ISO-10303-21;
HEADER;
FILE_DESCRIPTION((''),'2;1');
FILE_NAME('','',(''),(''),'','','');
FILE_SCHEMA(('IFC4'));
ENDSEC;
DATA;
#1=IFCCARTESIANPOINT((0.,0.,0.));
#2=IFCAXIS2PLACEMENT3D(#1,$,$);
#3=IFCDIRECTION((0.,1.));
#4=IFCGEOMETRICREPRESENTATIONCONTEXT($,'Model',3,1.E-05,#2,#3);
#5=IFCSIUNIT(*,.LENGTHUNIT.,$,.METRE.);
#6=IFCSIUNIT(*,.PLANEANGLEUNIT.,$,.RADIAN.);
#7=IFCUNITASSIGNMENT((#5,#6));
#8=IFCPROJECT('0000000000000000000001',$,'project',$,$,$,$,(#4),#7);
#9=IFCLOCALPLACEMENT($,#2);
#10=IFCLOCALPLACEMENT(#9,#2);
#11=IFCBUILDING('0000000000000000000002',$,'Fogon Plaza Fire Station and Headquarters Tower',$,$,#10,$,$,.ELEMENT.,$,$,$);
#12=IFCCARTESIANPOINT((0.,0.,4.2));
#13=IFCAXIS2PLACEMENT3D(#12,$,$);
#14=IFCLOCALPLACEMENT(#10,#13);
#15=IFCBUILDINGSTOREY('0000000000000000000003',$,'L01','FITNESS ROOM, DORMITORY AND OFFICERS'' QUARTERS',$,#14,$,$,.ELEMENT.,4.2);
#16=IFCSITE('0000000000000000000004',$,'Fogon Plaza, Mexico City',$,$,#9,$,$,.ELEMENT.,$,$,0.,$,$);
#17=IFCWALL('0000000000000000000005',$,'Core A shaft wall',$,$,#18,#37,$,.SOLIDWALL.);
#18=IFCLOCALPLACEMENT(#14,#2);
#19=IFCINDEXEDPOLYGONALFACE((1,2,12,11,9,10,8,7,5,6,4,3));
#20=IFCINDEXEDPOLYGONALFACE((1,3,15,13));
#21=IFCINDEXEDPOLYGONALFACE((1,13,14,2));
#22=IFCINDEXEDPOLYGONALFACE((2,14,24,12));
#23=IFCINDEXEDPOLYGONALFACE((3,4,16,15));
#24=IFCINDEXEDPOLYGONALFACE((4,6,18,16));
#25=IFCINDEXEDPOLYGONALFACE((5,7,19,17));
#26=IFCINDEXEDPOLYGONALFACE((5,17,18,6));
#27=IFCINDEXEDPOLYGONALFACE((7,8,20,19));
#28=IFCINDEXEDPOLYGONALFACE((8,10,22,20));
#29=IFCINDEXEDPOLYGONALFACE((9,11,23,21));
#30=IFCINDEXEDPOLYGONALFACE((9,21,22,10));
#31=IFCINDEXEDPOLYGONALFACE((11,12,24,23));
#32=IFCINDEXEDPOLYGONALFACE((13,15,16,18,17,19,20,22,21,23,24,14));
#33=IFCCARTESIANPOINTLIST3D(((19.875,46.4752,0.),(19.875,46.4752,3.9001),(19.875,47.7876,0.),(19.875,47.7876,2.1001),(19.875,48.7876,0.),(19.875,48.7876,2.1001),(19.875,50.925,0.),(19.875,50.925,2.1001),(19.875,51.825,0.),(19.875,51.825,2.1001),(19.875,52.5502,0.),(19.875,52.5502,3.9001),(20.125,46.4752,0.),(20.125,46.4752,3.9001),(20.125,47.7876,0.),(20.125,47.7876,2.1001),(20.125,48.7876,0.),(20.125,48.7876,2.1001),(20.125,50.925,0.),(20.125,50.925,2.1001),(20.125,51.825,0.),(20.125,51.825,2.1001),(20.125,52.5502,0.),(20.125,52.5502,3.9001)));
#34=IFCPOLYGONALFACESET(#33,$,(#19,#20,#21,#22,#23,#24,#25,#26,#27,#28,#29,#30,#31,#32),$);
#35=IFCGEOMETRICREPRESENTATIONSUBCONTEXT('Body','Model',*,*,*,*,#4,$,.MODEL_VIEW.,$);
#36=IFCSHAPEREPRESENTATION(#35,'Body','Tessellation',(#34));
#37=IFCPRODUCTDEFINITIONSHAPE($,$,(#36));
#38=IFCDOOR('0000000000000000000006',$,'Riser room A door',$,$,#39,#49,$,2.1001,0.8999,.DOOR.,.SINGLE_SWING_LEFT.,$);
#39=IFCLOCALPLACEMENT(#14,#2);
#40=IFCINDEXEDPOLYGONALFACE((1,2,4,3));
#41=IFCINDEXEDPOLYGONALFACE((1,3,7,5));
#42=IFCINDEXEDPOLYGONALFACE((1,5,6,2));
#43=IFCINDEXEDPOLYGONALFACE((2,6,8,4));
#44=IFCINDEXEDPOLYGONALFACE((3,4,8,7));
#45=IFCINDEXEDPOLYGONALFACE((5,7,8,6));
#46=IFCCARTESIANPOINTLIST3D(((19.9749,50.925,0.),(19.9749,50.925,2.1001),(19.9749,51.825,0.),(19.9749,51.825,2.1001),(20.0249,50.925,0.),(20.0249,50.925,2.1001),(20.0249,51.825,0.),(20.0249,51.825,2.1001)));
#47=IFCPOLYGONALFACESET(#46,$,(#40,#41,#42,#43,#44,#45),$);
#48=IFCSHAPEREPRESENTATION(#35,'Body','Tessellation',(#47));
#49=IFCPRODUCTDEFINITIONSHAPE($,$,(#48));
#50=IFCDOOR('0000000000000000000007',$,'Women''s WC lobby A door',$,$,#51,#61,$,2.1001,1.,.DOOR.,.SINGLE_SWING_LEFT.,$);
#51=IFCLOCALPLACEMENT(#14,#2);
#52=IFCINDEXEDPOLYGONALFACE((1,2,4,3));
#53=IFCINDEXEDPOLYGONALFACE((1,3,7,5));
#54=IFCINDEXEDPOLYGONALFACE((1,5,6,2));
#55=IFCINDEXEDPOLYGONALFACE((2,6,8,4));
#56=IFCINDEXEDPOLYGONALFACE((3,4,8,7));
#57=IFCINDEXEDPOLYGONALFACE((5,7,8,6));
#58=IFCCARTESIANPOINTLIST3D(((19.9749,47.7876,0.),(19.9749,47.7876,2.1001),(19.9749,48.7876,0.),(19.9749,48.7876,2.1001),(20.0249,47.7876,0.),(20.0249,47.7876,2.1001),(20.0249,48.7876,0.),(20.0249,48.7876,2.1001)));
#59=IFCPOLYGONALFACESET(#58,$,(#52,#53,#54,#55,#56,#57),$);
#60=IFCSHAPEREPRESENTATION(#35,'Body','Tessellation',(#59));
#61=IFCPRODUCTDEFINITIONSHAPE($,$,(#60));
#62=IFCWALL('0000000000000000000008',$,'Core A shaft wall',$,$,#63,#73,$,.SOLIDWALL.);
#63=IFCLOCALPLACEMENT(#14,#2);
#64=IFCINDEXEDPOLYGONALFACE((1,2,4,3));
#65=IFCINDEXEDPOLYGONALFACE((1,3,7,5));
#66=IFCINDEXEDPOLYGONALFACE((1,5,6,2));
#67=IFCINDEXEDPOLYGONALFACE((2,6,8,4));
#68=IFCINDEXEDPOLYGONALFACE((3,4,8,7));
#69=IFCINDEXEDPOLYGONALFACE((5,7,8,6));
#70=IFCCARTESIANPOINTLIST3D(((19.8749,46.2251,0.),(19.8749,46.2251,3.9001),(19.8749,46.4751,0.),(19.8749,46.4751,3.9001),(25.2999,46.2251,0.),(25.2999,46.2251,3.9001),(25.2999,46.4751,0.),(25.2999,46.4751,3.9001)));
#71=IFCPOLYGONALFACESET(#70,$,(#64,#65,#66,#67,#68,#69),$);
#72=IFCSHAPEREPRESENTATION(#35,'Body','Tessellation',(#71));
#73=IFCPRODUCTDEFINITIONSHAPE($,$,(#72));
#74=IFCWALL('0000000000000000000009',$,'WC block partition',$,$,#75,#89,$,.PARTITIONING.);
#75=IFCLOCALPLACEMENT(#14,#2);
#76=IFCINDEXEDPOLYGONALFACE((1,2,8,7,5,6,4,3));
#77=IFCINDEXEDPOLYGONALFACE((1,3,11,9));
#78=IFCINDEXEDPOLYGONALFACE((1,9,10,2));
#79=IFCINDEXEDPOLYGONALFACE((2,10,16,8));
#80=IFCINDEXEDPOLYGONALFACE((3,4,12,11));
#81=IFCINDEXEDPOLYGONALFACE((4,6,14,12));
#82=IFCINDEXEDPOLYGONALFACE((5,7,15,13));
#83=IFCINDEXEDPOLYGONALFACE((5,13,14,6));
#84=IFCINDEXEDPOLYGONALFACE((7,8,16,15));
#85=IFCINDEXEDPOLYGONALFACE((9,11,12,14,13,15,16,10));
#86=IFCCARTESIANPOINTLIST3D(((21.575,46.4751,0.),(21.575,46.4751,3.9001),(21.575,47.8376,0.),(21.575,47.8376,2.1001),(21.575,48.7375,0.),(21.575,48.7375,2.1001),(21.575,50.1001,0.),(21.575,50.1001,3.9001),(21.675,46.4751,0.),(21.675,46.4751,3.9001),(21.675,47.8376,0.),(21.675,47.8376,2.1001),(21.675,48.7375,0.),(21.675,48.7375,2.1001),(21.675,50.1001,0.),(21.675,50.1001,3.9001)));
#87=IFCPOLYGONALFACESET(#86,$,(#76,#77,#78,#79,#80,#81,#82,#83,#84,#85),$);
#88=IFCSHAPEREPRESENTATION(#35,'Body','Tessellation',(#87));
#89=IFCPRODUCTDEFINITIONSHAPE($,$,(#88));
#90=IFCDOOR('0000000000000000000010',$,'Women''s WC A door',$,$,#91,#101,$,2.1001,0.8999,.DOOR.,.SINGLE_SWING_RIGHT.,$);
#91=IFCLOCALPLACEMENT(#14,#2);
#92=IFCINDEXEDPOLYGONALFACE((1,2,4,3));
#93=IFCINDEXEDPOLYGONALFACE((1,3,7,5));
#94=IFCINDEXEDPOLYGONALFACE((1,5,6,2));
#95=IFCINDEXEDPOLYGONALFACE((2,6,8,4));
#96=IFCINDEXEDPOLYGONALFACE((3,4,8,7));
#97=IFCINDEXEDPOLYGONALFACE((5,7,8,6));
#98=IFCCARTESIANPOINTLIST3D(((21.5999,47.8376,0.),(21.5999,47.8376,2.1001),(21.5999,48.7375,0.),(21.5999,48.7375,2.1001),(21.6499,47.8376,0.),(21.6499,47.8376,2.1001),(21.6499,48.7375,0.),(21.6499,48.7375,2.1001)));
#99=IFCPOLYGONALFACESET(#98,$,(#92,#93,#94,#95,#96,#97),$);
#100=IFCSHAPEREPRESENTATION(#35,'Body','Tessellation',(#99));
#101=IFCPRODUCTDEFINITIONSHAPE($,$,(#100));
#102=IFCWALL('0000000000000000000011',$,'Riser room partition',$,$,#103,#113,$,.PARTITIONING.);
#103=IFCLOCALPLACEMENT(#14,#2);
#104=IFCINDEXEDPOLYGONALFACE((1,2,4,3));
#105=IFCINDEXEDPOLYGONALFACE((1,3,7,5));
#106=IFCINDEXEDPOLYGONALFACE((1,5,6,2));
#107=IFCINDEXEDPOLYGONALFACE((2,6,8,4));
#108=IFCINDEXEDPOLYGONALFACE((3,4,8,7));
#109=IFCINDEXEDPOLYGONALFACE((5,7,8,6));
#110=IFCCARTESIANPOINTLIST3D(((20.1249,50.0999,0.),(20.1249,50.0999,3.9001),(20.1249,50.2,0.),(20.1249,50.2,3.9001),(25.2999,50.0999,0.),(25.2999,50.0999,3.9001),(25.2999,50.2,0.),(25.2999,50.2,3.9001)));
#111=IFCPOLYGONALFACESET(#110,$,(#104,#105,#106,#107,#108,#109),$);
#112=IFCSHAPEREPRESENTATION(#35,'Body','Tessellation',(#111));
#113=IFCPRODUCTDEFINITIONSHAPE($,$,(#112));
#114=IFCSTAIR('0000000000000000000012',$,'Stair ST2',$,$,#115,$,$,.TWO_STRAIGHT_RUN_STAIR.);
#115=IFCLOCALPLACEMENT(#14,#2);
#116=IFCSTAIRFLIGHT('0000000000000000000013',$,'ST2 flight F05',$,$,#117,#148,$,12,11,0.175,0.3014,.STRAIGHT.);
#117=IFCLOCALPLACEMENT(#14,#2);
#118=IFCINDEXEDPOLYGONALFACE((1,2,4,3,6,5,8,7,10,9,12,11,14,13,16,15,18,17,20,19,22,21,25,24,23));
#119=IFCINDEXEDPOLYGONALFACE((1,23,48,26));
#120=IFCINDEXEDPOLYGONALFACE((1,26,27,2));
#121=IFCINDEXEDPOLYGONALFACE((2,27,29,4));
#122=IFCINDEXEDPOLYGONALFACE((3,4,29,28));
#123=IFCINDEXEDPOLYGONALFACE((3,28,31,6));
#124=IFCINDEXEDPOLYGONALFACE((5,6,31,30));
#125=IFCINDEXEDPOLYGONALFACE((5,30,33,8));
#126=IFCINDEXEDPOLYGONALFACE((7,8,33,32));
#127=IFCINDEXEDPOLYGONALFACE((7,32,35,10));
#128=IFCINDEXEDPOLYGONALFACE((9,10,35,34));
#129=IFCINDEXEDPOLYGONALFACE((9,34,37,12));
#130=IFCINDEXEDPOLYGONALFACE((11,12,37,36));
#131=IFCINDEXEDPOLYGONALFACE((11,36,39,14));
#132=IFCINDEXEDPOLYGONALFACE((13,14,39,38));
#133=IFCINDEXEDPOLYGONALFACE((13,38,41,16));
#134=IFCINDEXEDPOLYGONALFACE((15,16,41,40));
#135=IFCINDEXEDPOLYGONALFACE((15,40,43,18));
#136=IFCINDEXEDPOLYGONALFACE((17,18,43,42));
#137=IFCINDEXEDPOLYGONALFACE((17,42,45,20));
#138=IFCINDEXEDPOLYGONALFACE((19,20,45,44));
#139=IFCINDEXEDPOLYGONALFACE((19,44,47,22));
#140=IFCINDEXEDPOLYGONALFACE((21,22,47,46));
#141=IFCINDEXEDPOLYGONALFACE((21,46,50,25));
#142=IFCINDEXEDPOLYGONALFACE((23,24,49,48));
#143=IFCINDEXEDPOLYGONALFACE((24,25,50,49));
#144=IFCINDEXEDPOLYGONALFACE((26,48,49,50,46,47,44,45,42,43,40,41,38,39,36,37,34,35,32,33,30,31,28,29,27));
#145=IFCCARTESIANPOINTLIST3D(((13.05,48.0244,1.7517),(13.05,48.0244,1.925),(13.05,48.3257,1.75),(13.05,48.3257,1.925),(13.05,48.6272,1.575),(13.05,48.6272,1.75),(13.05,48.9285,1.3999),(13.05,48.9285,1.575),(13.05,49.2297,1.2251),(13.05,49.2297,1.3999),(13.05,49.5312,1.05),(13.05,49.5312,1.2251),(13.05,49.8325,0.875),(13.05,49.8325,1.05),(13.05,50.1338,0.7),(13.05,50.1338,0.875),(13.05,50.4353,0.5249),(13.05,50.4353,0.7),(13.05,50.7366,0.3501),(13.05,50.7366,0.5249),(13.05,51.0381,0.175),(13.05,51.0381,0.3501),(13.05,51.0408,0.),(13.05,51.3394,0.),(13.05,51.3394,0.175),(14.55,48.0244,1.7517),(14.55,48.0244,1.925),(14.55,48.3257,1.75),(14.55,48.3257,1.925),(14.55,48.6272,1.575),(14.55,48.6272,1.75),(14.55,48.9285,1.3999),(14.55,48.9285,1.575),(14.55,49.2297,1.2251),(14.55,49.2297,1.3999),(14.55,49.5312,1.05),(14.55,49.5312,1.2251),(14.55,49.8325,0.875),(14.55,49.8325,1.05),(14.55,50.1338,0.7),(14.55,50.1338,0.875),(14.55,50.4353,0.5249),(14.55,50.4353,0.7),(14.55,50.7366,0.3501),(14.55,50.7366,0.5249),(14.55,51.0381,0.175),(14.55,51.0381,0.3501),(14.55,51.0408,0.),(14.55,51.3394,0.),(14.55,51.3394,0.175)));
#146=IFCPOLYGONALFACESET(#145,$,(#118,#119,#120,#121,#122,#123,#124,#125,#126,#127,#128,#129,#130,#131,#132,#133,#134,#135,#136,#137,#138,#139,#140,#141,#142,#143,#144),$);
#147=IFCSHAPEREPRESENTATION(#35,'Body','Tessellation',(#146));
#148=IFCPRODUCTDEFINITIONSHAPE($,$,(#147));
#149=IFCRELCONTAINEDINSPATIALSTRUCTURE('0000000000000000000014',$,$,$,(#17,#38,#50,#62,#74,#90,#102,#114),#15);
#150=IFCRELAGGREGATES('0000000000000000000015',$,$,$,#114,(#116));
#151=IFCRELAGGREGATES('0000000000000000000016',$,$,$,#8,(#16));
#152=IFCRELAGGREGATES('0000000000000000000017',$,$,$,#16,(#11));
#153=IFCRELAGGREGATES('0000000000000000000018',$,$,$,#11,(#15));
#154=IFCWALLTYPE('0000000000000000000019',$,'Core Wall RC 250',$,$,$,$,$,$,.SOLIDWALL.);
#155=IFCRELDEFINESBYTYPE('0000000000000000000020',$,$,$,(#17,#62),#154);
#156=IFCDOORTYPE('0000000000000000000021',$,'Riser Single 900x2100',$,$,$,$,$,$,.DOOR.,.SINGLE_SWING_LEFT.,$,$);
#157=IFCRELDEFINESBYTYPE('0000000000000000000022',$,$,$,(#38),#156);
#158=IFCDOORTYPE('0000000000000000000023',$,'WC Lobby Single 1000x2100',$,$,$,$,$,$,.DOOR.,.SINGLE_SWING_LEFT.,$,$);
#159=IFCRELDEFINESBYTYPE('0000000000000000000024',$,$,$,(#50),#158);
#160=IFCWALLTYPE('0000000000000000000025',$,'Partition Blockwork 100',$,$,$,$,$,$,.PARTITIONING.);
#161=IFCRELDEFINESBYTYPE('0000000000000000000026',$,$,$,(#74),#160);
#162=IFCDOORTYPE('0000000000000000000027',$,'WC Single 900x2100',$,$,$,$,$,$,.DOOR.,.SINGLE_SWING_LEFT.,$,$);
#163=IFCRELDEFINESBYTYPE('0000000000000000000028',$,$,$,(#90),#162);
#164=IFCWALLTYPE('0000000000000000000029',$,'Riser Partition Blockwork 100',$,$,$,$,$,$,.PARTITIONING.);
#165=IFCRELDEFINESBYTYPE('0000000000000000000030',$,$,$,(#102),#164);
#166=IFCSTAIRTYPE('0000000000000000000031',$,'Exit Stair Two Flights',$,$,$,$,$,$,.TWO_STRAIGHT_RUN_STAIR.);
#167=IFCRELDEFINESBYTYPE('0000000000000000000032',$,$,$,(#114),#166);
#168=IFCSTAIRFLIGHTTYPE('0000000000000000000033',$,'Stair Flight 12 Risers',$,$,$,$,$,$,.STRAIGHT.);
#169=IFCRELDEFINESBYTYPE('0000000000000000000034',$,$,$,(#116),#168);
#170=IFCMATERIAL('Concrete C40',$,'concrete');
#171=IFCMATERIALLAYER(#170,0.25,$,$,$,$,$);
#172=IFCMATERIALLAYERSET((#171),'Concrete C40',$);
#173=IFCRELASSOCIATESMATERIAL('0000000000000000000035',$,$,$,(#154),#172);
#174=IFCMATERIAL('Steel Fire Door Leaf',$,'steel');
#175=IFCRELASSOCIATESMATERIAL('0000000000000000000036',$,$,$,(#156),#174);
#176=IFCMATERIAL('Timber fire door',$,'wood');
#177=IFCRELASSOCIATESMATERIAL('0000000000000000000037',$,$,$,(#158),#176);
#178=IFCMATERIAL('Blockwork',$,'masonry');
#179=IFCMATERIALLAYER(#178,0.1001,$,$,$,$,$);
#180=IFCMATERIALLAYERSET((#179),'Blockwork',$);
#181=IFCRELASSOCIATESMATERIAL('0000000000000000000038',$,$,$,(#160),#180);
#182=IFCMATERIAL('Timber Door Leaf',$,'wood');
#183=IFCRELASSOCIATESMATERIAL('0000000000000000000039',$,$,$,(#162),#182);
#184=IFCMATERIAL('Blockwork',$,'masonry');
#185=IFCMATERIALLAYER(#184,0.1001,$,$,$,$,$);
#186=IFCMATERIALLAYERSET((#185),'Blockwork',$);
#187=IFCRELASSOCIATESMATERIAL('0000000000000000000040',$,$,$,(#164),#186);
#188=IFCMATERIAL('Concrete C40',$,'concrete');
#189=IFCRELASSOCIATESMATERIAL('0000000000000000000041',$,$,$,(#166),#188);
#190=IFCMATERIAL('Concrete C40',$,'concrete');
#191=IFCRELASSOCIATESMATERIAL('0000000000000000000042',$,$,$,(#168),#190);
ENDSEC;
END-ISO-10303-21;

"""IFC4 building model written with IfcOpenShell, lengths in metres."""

from ifc_helpers import new_model, si_unit, direction, frame, frame_2d, origin, place, context, subcontext, project, spatial, polyline, rectangle, outline, extrude, material, layer, layer_set, type_object, element, fill, aggregate, save


model = new_model("IFC4")

# Units and contexts
model_context = context("Model", 3, precision=1e-05, world=origin(), true_north=direction((0.0, 1.0)))
body_context = subcontext(model_context, "Body", "Model", "MODEL_VIEW")
ifc_project = project(units=[si_unit("LENGTHUNIT", "METRE"), si_unit("PLANEANGLEUNIT", "RADIAN")], contexts=[model_context])

# Site, building, storey
site_placement = place(None, origin())
site = spatial("IfcSite", under=ifc_project, at=site_placement, Name="Fogon Plaza, Mexico City", CompositionType="ELEMENT", RefElevation=0.0)
building_placement = place(site_placement, origin())
building = spatial("IfcBuilding", under=site, at=building_placement, Name="Fogon Plaza Fire Station and Headquarters Tower", CompositionType="ELEMENT")
storey_placement = place(building_placement, frame((0.0, 0.0, 4.2)))
storey = spatial("IfcBuildingStorey", under=building, at=storey_placement, Name="L01", Description="FITNESS ROOM, DORMITORY AND OFFICERS' QUARTERS", CompositionType="ELEMENT", Elevation=4.2)

# Shared definitions
ifc_material_1 = material(Name="Concrete C40", Category="concrete")
ifc_layer_1 = layer(ifc_material_1, 0.25)
ifc_layer_set_1 = layer_set([ifc_layer_1], Name="Concrete C40")
wall_type_1 = type_object("IfcWallType", Name="Core Wall RC 250", PredefinedType="SOLIDWALL", material=ifc_layer_set_1)

# Wall, openings, doors
wall_1_placement = place(storey_placement, frame((20.0, 46.4751, 0.0), z_axis=(0.0, 0.0, 1.0), x_axis=(0.0, 1.0, 0.0)))
wall_1 = element("IfcWall", 1, at=wall_1_placement, inside=storey, type_object=wall_type_1, Name="Core A shaft wall", PredefinedType="SOLIDWALL", context=body_context, shape_type="SweptSolid", body=[
    extrude(rectangle(XDim=6.075, YDim=0.25, at=frame_2d((3.0376, 0.0))), origin(), (0.0, 0.0, 1.0), 3.9001),
])
opening_1_placement = place(wall_1_placement, frame((1.3125, 0.0, 0.0)))
opening_1 = element("IfcOpeningElement", 2, at=opening_1_placement, cuts=wall_1, PredefinedType="OPENING", context=body_context, shape_type="SweptSolid", body=[
    extrude(rectangle(XDim=1.0, YDim=2.1001, at=frame_2d((0.5, 1.05))), frame((0.0, 0.135, 0.0), z_axis=(0.0, -1.0, 0.0), x_axis=(1.0, 0.0, 0.0)), (0.0, 0.0, 1.0), 0.27),
])
opening_2_placement = place(wall_1_placement, frame((4.45, 0.0, 0.0)))
opening_2 = element("IfcOpeningElement", 3, at=opening_2_placement, cuts=wall_1, PredefinedType="OPENING", context=body_context, shape_type="SweptSolid", body=[
    extrude(rectangle(XDim=0.8999, YDim=2.1001, at=frame_2d((0.45, 1.05))), frame((0.0, 0.135, 0.0), z_axis=(0.0, -1.0, 0.0), x_axis=(1.0, 0.0, 0.0)), (0.0, 0.0, 1.0), 0.27),
])
ifc_material_2 = material(Name="Steel Fire Door Leaf", Category="steel")
door_type_1 = type_object("IfcDoorType", Name="Riser Single 900x2100", OperationType="SINGLE_SWING_LEFT", PredefinedType="DOOR", material=ifc_material_2)
door_1_placement = place(opening_2_placement, frame((0.8999, 0.0, 0.0), z_axis=(0.0, 0.0, 1.0), x_axis=(-1.0, 0.0, 0.0)))
door_1 = element("IfcDoor", 4, at=door_1_placement, inside=storey, type_object=door_type_1, Name="Riser room A door", OperationType="SINGLE_SWING_LEFT", OverallHeight=2.1001, OverallWidth=0.8999, PredefinedType="DOOR", context=body_context, shape_type="SweptSolid", body=[
    extrude(rectangle(XDim=0.8999, YDim=2.1001, at=frame_2d((0.45, 1.05))), frame((0.0, 0.0249, 0.0), z_axis=(0.0, -1.0, 0.0), x_axis=(1.0, 0.0, 0.0)), (0.0, 0.0, 1.0), 0.05),
])
fill(opening_2, door_1)
ifc_material_3 = material(Name="Timber fire door", Category="wood")
door_type_2 = type_object("IfcDoorType", Name="WC Lobby Single 1000x2100", OperationType="SINGLE_SWING_LEFT", PredefinedType="DOOR", material=ifc_material_3)
door_2_placement = place(opening_1_placement, frame((1.0, 0.0, 0.0), z_axis=(0.0, 0.0, 1.0), x_axis=(-1.0, 0.0, 0.0)))
door_2 = element("IfcDoor", 5, at=door_2_placement, inside=storey, type_object=door_type_2, Name="Women's WC lobby A door", OperationType="SINGLE_SWING_LEFT", OverallHeight=2.1001, OverallWidth=1.0, PredefinedType="DOOR", context=body_context, shape_type="SweptSolid", body=[
    extrude(rectangle(XDim=1.0, YDim=2.1001, at=frame_2d((0.5, 1.05))), frame((0.0, 0.0249, 0.0), z_axis=(0.0, -1.0, 0.0), x_axis=(1.0, 0.0, 0.0)), (0.0, 0.0, 1.0), 0.05),
])
fill(opening_1, door_2)

# Wall
wall_2_placement = place(storey_placement, frame((19.875, 46.3501, 0.0), z_axis=(0.0, 0.0, 1.0), x_axis=(1.0, 0.0, 0.0)))
element("IfcWall", 6, at=wall_2_placement, inside=storey, type_object=wall_type_1, Name="Core A shaft wall", PredefinedType="SOLIDWALL", context=body_context, shape_type="SweptSolid", body=[
    extrude(rectangle(XDim=5.425, YDim=0.25, at=frame_2d((2.7124, 0.0))), origin(), (0.0, 0.0, 1.0), 3.9001),
])

# Wall, opening, door
ifc_material_4 = material(Name="Blockwork", Category="masonry")
ifc_layer_2 = layer(ifc_material_4, 0.1001)
ifc_layer_set_2 = layer_set([ifc_layer_2], Name="Blockwork")
wall_type_2 = type_object("IfcWallType", Name="Partition Blockwork 100", PredefinedType="PARTITIONING", material=ifc_layer_set_2)
wall_3_placement = place(storey_placement, frame((21.625, 46.4751, 0.0), z_axis=(0.0, 0.0, 1.0), x_axis=(0.0, 1.0, 0.0)))
wall_3 = element("IfcWall", 7, at=wall_3_placement, inside=storey, type_object=wall_type_2, Name="WC block partition", PredefinedType="PARTITIONING", context=body_context, shape_type="SweptSolid", body=[
    extrude(rectangle(XDim=3.625, YDim=0.1001, at=frame_2d((1.8125, 0.0))), origin(), (0.0, 0.0, 1.0), 3.9001),
])
opening_3_placement = place(wall_3_placement, frame((1.3625, 0.0, 0.0)))
opening_3 = element("IfcOpeningElement", 8, at=opening_3_placement, cuts=wall_3, PredefinedType="OPENING", context=body_context, shape_type="SweptSolid", body=[
    extrude(rectangle(XDim=0.8999, YDim=2.1001, at=frame_2d((0.45, 1.05))), frame((0.0, 0.0601, 0.0), z_axis=(0.0, -1.0, 0.0), x_axis=(1.0, 0.0, 0.0)), (0.0, 0.0, 1.0), 0.1201),
])
ifc_material_5 = material(Name="Timber Door Leaf", Category="wood")
door_type_3 = type_object("IfcDoorType", Name="WC Single 900x2100", OperationType="SINGLE_SWING_LEFT", PredefinedType="DOOR", material=ifc_material_5)
door_3_placement = place(opening_3_placement, frame((0.8999, 0.0, 0.0), z_axis=(0.0, 0.0, 1.0), x_axis=(-1.0, 0.0, 0.0)))
door_3 = element("IfcDoor", 9, at=door_3_placement, inside=storey, type_object=door_type_3, Name="Women's WC A door", OperationType="SINGLE_SWING_RIGHT", OverallHeight=2.1001, OverallWidth=0.8999, PredefinedType="DOOR", context=body_context, shape_type="SweptSolid", body=[
    extrude(rectangle(XDim=0.8999, YDim=2.1001, at=frame_2d((0.45, 1.05))), frame((0.0, 0.0249, 0.0), z_axis=(0.0, -1.0, 0.0), x_axis=(1.0, 0.0, 0.0)), (0.0, 0.0, 1.0), 0.05),
])
fill(opening_3, door_3)

# Wall
ifc_material_6 = material(Name="Blockwork", Category="masonry")
ifc_layer_3 = layer(ifc_material_6, 0.1001)
ifc_layer_set_3 = layer_set([ifc_layer_3], Name="Blockwork")
wall_type_3 = type_object("IfcWallType", Name="Riser Partition Blockwork 100", PredefinedType="PARTITIONING", material=ifc_layer_set_3)
wall_4_placement = place(storey_placement, frame((20.125, 50.1499, 0.0), z_axis=(0.0, 0.0, 1.0), x_axis=(1.0, 0.0, 0.0)))
element("IfcWall", 10, at=wall_4_placement, inside=storey, type_object=wall_type_3, Name="Riser room partition", PredefinedType="PARTITIONING", context=body_context, shape_type="SweptSolid", body=[
    extrude(rectangle(XDim=5.175, YDim=0.1001, at=frame_2d((2.5874, 0.0))), origin(), (0.0, 0.0, 1.0), 3.9001),
])

# Stair, stair flight
ifc_material_7 = material(Name="Concrete C40", Category="concrete")
stair_type = type_object("IfcStairType", Name="Exit Stair Two Flights", PredefinedType="TWO_STRAIGHT_RUN_STAIR", material=ifc_material_7)
stair_placement = place(storey_placement, origin())
stair = element("IfcStair", 11, at=stair_placement, inside=storey, type_object=stair_type, Name="Stair ST2", PredefinedType="TWO_STRAIGHT_RUN_STAIR")
ifc_material_8 = material(Name="Concrete C40", Category="concrete")
stair_flight_type = type_object("IfcStairFlightType", Name="Stair Flight 12 Risers", PredefinedType="STRAIGHT", material=ifc_material_8)
stair_flight_1_placement = place(storey_placement, frame((13.8, 51.3394, 0.0), z_axis=(0.0, 0.0, 1.0), x_axis=(0.0, -1.0, 0.0)))
stair_flight_1 = element("IfcStairFlight", 12, at=stair_flight_1_placement, type_object=stair_flight_type, Name="ST2 flight F05", NumberOfRisers=12, NumberOfTreads=11, PredefinedType="STRAIGHT", RiserHeight=0.175, TreadLength=0.3014, context=body_context, shape_type="SweptSolid", body=[
    extrude(outline(polyline([(0.0, 0.0), (0.0, 0.175), (0.3013, 0.175), (0.3013, 0.3501), (0.6028, 0.3501), (0.6028, 0.5249), (0.9041, 0.5249), (0.9041, 0.7), (1.2056, 0.7), (1.2056, 0.875), (1.5068, 0.875), (1.5068, 1.05), (1.8081, 1.05), (1.8081, 1.2251), (2.1096, 1.2251), (2.1096, 1.3999), (2.4109, 1.3999), (2.4109, 1.575), (2.7122, 1.575), (2.7122, 1.75), (3.0137, 1.75), (3.0137, 1.925), (3.3149, 1.925), (3.3149, 2.1001), (3.3149, 1.7517), (0.2986, 0.0), (0.0, 0.0)])), frame((0.0, 0.75, 0.0), z_axis=(0.0, -1.0, 0.0), x_axis=(1.0, 0.0, 0.0)), (0.0, 0.0, 1.0), 1.5),
])
aggregate(stair, [stair_flight_1])

save(model, "model.ifc")
